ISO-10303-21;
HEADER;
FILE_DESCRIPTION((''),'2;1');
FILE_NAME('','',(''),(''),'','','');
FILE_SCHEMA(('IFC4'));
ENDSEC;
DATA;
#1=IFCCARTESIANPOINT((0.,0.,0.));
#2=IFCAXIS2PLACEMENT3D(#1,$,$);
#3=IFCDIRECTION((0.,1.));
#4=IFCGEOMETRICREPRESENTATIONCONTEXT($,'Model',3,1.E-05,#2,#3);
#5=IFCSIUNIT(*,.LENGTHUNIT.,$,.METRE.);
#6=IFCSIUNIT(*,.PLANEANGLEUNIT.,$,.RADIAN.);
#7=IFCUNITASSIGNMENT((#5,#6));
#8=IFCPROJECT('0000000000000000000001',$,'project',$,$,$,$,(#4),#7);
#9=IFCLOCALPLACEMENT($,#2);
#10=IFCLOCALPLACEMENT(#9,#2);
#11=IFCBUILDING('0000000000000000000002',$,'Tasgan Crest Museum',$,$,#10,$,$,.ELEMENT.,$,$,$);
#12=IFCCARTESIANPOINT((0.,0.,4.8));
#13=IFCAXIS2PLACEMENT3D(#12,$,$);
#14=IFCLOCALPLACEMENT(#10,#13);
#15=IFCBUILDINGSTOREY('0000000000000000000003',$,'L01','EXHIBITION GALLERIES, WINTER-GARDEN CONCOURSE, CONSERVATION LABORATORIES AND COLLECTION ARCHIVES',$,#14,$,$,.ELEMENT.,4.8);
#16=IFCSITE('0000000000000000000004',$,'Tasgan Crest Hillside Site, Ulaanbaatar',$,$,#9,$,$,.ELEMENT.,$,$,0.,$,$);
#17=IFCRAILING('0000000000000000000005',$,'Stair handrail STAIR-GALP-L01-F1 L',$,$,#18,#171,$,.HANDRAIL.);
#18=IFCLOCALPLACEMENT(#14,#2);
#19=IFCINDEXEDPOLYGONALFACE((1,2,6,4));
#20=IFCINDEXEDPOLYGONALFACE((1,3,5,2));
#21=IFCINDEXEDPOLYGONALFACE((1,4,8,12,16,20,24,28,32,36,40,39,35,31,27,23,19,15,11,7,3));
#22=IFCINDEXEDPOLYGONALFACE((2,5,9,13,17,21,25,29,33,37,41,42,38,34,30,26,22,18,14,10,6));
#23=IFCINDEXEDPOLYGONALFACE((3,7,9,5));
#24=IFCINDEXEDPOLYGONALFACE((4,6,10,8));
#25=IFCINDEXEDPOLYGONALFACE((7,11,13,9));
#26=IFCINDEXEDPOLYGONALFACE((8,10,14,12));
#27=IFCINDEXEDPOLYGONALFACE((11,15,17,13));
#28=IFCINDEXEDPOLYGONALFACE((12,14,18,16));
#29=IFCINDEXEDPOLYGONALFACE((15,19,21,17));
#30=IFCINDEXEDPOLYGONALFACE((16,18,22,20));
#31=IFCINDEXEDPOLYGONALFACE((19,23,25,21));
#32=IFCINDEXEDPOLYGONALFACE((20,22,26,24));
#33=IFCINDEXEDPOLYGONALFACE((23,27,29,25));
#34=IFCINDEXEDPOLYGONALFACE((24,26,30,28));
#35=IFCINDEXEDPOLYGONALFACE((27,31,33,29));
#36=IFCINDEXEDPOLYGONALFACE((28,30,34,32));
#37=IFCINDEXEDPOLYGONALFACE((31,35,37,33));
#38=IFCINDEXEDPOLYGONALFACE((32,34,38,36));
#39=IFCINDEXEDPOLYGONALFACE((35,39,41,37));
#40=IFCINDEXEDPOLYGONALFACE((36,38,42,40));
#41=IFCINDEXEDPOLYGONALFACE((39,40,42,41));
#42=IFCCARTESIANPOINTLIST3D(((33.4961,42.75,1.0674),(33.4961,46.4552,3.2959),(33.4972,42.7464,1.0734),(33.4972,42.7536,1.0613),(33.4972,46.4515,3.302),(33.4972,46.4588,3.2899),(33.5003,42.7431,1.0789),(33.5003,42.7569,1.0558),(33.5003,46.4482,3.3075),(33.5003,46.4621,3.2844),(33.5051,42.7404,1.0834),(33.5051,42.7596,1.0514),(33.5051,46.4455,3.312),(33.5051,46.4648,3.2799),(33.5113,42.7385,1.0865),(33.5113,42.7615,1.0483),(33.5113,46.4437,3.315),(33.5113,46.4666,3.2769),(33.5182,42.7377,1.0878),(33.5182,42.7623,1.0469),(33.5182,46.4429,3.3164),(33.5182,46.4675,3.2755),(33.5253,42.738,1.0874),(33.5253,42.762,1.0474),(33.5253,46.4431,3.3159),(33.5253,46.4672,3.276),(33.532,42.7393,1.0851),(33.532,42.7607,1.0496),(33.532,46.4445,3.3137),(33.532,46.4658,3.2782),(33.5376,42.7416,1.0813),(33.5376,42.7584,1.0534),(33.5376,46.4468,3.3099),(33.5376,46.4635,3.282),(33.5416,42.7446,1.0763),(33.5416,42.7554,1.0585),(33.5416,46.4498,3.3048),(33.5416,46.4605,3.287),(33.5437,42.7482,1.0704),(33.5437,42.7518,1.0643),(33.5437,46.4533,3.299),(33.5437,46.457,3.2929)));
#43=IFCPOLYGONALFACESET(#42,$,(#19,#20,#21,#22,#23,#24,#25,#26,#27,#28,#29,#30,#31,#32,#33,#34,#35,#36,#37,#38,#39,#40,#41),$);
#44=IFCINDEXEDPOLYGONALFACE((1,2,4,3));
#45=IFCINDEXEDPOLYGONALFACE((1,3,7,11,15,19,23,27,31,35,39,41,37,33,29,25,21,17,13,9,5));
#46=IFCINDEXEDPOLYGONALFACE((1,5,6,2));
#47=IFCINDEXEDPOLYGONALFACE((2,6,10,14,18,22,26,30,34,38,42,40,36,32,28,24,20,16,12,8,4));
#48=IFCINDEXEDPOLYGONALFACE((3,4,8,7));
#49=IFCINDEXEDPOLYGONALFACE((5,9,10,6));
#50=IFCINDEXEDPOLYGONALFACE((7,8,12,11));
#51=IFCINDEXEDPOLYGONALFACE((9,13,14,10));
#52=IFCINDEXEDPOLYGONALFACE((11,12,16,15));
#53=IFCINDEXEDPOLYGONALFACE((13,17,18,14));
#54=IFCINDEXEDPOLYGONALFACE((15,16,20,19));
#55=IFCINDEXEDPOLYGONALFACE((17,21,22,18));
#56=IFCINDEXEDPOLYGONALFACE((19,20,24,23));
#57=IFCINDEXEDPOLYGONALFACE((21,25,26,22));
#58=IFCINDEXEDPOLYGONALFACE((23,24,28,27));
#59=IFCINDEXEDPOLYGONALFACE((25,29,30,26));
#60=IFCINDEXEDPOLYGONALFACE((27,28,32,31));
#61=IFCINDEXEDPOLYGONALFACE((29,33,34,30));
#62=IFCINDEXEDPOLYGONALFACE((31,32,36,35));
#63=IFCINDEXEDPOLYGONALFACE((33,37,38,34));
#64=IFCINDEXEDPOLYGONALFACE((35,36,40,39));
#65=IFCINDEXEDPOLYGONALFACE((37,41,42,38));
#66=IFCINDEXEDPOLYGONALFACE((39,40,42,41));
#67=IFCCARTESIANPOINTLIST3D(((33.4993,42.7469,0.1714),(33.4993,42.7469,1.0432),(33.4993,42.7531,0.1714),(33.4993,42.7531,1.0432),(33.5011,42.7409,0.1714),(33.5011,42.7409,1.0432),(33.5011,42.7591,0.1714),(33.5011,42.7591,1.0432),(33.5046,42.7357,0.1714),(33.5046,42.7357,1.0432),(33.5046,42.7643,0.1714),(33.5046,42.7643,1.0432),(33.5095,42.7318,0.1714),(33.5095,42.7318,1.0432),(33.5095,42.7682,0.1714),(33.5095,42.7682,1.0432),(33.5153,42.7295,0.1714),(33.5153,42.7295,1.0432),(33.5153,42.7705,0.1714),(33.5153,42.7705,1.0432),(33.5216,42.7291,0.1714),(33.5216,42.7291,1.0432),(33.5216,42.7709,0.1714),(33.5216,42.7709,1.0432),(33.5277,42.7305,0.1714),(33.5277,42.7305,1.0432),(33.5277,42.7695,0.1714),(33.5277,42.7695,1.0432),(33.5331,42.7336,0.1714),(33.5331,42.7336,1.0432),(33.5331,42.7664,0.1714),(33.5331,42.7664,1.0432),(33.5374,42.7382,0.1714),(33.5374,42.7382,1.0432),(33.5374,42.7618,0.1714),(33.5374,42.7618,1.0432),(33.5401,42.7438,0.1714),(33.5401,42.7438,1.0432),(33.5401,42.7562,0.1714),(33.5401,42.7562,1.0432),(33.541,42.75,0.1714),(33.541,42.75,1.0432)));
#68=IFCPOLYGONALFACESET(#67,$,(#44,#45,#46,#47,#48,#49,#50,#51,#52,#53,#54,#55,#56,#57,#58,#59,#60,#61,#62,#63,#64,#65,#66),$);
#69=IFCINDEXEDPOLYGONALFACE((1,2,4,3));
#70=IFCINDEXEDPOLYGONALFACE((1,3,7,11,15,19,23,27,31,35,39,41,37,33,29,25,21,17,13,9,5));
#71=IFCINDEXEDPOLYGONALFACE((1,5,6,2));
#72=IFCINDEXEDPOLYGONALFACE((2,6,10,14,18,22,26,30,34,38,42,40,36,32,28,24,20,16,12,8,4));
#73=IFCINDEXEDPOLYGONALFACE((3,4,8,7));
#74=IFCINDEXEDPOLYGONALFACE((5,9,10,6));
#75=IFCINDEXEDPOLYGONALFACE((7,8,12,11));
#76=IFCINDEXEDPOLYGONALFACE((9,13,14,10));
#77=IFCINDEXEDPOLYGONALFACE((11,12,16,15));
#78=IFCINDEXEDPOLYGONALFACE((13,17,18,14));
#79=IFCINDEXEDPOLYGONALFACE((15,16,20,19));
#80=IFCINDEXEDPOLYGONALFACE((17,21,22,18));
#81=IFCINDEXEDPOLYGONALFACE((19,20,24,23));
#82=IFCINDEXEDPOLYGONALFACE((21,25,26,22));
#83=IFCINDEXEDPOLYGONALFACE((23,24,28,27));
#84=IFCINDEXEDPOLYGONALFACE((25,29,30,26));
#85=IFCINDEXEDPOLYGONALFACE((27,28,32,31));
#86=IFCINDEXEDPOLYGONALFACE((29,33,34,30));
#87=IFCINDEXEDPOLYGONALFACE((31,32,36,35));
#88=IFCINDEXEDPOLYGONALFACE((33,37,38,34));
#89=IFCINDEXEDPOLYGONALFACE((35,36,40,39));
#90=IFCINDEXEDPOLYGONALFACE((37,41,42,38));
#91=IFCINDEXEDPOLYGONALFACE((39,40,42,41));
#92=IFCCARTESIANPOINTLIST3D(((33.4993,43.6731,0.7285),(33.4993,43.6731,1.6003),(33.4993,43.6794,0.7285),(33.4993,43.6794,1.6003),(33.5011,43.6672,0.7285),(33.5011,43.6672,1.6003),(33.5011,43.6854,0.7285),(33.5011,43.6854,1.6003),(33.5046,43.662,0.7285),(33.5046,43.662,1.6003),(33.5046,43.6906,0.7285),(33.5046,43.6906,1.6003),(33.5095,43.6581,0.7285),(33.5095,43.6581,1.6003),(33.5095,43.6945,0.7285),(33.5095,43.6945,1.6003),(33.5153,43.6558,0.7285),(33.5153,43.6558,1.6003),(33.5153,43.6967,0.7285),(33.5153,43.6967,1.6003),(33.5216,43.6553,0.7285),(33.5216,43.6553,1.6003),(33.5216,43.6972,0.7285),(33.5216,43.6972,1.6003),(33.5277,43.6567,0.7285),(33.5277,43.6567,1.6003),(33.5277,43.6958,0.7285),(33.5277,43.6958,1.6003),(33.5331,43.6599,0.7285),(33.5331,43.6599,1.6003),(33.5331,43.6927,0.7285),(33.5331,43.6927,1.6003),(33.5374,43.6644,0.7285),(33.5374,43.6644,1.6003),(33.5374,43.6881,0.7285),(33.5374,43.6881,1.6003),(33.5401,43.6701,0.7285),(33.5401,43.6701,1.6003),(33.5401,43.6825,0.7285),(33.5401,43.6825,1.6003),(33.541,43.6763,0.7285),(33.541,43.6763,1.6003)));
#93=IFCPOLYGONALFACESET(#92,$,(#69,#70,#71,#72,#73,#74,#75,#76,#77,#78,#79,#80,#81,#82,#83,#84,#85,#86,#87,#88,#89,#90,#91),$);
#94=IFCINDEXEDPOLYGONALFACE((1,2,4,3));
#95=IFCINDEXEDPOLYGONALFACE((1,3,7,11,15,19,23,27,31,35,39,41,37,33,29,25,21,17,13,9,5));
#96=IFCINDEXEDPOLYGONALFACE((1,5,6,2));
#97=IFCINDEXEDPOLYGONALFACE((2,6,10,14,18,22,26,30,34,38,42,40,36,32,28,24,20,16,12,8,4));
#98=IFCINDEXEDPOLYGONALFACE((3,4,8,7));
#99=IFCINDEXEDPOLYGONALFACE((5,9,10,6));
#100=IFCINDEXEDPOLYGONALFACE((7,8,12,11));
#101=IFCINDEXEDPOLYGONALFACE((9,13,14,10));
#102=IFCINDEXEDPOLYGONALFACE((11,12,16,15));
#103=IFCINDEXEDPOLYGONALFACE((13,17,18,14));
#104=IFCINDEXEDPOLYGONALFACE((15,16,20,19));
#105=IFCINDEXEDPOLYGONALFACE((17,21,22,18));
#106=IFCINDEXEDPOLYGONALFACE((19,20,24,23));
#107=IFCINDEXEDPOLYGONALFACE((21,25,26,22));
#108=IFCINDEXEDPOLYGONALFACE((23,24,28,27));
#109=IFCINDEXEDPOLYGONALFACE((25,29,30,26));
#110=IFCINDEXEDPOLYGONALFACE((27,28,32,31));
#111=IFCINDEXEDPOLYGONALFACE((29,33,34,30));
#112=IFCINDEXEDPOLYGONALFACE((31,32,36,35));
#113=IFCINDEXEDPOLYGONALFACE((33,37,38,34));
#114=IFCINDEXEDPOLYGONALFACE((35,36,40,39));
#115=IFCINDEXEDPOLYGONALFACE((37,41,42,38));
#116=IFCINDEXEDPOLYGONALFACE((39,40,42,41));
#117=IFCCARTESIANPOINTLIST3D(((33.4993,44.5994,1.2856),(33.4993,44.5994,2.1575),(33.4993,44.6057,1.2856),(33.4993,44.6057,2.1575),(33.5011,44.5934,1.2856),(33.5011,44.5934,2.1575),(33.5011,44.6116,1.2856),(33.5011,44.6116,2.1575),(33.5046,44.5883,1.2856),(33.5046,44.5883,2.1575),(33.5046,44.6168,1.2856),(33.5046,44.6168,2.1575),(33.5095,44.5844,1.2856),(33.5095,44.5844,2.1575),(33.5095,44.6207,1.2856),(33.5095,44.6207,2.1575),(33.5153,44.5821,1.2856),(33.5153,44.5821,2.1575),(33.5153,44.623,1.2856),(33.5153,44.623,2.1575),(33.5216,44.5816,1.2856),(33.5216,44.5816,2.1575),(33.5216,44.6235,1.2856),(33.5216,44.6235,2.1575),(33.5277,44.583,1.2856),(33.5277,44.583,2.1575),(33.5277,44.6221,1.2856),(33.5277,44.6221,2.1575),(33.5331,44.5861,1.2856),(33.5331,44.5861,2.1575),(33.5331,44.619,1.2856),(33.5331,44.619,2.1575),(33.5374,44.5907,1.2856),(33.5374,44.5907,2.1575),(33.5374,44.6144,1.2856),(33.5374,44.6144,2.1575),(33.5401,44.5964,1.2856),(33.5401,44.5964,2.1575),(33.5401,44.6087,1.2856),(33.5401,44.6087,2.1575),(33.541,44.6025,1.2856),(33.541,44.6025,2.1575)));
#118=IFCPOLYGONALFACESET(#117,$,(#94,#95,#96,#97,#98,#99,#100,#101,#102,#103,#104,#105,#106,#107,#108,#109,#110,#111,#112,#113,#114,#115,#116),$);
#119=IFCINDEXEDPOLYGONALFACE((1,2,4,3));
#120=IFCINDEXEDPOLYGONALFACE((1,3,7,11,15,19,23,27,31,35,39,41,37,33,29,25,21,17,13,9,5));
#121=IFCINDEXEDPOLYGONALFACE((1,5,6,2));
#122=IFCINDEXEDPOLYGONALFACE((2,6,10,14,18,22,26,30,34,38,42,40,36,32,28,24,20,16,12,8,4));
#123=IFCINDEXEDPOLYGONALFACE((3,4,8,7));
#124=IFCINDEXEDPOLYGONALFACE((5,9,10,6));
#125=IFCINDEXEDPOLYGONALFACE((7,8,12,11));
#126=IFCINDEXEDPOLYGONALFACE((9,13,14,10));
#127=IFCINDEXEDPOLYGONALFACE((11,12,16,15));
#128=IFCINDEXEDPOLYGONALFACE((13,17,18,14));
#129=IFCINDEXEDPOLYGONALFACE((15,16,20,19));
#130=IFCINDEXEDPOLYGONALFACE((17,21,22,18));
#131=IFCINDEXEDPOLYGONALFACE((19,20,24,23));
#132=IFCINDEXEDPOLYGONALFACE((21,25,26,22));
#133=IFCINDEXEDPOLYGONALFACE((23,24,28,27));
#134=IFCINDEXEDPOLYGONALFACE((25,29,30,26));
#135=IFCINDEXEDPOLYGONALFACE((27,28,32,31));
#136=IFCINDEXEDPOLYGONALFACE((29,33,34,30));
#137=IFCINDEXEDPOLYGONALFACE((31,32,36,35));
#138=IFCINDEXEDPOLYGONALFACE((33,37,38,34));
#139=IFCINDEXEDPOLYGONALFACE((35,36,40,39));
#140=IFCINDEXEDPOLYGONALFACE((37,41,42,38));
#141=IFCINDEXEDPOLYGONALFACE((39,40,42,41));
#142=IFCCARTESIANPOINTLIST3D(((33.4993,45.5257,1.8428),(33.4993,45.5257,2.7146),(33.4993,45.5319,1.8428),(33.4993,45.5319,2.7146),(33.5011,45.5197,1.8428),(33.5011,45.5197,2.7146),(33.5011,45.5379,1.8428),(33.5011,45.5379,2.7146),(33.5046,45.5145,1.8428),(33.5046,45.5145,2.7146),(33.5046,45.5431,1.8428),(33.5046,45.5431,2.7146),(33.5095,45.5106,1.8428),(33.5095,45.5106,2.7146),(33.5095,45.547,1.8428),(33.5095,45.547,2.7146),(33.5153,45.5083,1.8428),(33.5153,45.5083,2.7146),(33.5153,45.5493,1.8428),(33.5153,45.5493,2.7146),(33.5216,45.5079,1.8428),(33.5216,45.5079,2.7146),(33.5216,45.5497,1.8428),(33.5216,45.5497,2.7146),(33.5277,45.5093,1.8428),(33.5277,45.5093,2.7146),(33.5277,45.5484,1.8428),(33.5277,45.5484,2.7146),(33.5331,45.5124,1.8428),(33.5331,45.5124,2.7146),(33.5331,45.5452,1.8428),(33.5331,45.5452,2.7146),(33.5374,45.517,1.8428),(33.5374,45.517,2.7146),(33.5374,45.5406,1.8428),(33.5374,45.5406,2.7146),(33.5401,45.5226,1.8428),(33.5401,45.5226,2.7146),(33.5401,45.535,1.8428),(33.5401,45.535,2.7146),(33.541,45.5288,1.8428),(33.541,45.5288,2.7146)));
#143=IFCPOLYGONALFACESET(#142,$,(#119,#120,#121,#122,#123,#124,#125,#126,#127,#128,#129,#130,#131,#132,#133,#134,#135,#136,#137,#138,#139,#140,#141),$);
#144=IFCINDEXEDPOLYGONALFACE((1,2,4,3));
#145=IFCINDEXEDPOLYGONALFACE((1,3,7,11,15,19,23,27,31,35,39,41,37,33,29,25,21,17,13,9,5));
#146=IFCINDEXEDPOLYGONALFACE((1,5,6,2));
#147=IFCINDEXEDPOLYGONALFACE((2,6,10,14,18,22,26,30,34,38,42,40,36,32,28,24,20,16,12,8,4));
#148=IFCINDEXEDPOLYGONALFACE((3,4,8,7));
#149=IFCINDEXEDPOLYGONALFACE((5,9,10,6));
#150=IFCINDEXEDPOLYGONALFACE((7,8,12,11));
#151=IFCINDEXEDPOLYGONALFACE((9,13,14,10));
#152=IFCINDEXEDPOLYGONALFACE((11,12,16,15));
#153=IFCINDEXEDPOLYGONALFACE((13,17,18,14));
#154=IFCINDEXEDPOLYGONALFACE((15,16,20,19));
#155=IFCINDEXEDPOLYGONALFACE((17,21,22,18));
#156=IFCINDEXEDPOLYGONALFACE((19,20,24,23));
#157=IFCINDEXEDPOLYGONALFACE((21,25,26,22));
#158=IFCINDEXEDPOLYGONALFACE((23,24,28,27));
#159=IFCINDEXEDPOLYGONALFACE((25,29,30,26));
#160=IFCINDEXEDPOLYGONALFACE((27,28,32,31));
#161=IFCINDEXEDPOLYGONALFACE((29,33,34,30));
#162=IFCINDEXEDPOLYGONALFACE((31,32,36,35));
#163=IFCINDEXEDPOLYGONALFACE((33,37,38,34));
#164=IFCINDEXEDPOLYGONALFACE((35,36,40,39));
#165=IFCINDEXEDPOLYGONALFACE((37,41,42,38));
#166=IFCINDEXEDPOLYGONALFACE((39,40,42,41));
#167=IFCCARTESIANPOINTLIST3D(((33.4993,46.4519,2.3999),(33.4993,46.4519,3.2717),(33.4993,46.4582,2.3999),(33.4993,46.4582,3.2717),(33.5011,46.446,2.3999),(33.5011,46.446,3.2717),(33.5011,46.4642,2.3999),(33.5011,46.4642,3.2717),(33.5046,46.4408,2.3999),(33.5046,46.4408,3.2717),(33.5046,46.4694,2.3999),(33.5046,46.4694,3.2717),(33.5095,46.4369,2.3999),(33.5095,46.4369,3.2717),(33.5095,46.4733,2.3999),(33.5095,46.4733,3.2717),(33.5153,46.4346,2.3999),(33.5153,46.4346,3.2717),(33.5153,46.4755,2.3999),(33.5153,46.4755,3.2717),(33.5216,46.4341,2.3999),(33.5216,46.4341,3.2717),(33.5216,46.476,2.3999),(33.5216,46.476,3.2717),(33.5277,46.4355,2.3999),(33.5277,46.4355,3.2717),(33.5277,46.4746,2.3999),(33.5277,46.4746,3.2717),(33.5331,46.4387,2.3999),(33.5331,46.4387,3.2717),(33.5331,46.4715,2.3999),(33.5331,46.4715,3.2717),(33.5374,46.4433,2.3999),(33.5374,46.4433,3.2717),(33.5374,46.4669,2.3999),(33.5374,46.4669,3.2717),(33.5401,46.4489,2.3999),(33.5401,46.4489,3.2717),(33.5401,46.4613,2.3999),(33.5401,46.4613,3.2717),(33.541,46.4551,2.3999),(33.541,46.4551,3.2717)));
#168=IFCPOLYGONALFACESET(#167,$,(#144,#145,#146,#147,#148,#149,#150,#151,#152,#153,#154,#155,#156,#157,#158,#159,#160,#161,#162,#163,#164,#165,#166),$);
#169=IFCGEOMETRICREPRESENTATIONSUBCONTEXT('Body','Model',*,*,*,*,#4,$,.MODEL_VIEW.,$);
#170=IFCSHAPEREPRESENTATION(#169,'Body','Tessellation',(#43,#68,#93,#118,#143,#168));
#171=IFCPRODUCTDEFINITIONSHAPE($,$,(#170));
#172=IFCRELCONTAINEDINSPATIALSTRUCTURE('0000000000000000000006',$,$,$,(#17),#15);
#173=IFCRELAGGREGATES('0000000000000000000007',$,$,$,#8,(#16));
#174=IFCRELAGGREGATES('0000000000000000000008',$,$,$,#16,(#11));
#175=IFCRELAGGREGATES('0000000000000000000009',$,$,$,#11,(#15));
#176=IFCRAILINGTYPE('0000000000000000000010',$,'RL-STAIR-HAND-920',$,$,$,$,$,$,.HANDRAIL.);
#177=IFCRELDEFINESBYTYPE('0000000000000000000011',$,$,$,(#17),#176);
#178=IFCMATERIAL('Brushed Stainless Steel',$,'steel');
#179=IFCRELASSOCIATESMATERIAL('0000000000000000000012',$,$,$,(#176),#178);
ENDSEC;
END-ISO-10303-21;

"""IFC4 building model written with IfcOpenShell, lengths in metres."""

from ifc_helpers import new_model, si_unit, direction, frame, origin, origin_2d, place, context, subcontext, project, spatial, circle, extrude, material, type_object, element, save


model = new_model("IFC4")

# Units and contexts
model_context = context("Model", 3, precision=1e-05, world=origin(), true_north=direction((0.0, 1.0)))
body_context = subcontext(model_context, "Body", "Model", "MODEL_VIEW")
ifc_project = project(units=[si_unit("LENGTHUNIT", "METRE"), si_unit("PLANEANGLEUNIT", "RADIAN")], contexts=[model_context])

# Site, building, storey
site_placement = place(None, origin())
site = spatial("IfcSite", under=ifc_project, at=site_placement, Name="Tasgan Crest Hillside Site, Ulaanbaatar", CompositionType="ELEMENT", RefElevation=0.0)
building_placement = place(site_placement, origin())
building = spatial("IfcBuilding", under=site, at=building_placement, Name="Tasgan Crest Museum", CompositionType="ELEMENT")
storey_placement = place(building_placement, frame((0.0, 0.0, 4.8)))
storey = spatial("IfcBuildingStorey", under=building, at=storey_placement, Name="L01", Description="EXHIBITION GALLERIES, WINTER-GARDEN CONCOURSE, CONSERVATION LABORATORIES AND COLLECTION ARCHIVES", CompositionType="ELEMENT", Elevation=4.8)

# Railing
ifc_material_1 = material(Name="Brushed Stainless Steel", Category="steel")
railing_type_1 = type_object("IfcRailingType", Name="RL-STAIR-HAND-920", PredefinedType="HANDRAIL", material=ifc_material_1)
for number, where, name in (
    (1, (33.52, 42.75, 0.1714), "Stair handrail STAIR-GALP-L01-F1 L"),
):
    element("IfcRailing", number, at=place(storey_placement, frame(where)), inside=storey, type_object=railing_type_1, Name=name, PredefinedType="HANDRAIL", context=body_context, shape_type="SweptSolid", body=[
        extrude(circle(Radius=0.0239, at=origin_2d()), frame((0.0, 0.0, 0.896), z_axis=(0.0, 0.856934, 0.515425), x_axis=(-1.0, 0.0, 0.0)), (0.0, 0.0, 1.0), 4.3237),
        extrude(circle(Radius=0.021, at=origin_2d()), origin(), (0.0, 0.0, 1.0), 0.8718),
        extrude(circle(Radius=0.021, at=origin_2d()), frame((0.0, 0.9263, 0.5571)), (0.0, 0.0, 1.0), 0.8718),
        extrude(circle(Radius=0.021, at=origin_2d()), frame((0.0, 1.8525, 1.1143)), (0.0, 0.0, 1.0), 0.8718),
        extrude(circle(Radius=0.021, at=origin_2d()), frame((0.0, 2.7788, 1.6714)), (0.0, 0.0, 1.0), 0.8718),
        extrude(circle(Radius=0.021, at=origin_2d()), frame((0.0, 3.7051, 2.2285)), (0.0, 0.0, 1.0), 0.8718),
    ])

save(model, "model.ifc")
